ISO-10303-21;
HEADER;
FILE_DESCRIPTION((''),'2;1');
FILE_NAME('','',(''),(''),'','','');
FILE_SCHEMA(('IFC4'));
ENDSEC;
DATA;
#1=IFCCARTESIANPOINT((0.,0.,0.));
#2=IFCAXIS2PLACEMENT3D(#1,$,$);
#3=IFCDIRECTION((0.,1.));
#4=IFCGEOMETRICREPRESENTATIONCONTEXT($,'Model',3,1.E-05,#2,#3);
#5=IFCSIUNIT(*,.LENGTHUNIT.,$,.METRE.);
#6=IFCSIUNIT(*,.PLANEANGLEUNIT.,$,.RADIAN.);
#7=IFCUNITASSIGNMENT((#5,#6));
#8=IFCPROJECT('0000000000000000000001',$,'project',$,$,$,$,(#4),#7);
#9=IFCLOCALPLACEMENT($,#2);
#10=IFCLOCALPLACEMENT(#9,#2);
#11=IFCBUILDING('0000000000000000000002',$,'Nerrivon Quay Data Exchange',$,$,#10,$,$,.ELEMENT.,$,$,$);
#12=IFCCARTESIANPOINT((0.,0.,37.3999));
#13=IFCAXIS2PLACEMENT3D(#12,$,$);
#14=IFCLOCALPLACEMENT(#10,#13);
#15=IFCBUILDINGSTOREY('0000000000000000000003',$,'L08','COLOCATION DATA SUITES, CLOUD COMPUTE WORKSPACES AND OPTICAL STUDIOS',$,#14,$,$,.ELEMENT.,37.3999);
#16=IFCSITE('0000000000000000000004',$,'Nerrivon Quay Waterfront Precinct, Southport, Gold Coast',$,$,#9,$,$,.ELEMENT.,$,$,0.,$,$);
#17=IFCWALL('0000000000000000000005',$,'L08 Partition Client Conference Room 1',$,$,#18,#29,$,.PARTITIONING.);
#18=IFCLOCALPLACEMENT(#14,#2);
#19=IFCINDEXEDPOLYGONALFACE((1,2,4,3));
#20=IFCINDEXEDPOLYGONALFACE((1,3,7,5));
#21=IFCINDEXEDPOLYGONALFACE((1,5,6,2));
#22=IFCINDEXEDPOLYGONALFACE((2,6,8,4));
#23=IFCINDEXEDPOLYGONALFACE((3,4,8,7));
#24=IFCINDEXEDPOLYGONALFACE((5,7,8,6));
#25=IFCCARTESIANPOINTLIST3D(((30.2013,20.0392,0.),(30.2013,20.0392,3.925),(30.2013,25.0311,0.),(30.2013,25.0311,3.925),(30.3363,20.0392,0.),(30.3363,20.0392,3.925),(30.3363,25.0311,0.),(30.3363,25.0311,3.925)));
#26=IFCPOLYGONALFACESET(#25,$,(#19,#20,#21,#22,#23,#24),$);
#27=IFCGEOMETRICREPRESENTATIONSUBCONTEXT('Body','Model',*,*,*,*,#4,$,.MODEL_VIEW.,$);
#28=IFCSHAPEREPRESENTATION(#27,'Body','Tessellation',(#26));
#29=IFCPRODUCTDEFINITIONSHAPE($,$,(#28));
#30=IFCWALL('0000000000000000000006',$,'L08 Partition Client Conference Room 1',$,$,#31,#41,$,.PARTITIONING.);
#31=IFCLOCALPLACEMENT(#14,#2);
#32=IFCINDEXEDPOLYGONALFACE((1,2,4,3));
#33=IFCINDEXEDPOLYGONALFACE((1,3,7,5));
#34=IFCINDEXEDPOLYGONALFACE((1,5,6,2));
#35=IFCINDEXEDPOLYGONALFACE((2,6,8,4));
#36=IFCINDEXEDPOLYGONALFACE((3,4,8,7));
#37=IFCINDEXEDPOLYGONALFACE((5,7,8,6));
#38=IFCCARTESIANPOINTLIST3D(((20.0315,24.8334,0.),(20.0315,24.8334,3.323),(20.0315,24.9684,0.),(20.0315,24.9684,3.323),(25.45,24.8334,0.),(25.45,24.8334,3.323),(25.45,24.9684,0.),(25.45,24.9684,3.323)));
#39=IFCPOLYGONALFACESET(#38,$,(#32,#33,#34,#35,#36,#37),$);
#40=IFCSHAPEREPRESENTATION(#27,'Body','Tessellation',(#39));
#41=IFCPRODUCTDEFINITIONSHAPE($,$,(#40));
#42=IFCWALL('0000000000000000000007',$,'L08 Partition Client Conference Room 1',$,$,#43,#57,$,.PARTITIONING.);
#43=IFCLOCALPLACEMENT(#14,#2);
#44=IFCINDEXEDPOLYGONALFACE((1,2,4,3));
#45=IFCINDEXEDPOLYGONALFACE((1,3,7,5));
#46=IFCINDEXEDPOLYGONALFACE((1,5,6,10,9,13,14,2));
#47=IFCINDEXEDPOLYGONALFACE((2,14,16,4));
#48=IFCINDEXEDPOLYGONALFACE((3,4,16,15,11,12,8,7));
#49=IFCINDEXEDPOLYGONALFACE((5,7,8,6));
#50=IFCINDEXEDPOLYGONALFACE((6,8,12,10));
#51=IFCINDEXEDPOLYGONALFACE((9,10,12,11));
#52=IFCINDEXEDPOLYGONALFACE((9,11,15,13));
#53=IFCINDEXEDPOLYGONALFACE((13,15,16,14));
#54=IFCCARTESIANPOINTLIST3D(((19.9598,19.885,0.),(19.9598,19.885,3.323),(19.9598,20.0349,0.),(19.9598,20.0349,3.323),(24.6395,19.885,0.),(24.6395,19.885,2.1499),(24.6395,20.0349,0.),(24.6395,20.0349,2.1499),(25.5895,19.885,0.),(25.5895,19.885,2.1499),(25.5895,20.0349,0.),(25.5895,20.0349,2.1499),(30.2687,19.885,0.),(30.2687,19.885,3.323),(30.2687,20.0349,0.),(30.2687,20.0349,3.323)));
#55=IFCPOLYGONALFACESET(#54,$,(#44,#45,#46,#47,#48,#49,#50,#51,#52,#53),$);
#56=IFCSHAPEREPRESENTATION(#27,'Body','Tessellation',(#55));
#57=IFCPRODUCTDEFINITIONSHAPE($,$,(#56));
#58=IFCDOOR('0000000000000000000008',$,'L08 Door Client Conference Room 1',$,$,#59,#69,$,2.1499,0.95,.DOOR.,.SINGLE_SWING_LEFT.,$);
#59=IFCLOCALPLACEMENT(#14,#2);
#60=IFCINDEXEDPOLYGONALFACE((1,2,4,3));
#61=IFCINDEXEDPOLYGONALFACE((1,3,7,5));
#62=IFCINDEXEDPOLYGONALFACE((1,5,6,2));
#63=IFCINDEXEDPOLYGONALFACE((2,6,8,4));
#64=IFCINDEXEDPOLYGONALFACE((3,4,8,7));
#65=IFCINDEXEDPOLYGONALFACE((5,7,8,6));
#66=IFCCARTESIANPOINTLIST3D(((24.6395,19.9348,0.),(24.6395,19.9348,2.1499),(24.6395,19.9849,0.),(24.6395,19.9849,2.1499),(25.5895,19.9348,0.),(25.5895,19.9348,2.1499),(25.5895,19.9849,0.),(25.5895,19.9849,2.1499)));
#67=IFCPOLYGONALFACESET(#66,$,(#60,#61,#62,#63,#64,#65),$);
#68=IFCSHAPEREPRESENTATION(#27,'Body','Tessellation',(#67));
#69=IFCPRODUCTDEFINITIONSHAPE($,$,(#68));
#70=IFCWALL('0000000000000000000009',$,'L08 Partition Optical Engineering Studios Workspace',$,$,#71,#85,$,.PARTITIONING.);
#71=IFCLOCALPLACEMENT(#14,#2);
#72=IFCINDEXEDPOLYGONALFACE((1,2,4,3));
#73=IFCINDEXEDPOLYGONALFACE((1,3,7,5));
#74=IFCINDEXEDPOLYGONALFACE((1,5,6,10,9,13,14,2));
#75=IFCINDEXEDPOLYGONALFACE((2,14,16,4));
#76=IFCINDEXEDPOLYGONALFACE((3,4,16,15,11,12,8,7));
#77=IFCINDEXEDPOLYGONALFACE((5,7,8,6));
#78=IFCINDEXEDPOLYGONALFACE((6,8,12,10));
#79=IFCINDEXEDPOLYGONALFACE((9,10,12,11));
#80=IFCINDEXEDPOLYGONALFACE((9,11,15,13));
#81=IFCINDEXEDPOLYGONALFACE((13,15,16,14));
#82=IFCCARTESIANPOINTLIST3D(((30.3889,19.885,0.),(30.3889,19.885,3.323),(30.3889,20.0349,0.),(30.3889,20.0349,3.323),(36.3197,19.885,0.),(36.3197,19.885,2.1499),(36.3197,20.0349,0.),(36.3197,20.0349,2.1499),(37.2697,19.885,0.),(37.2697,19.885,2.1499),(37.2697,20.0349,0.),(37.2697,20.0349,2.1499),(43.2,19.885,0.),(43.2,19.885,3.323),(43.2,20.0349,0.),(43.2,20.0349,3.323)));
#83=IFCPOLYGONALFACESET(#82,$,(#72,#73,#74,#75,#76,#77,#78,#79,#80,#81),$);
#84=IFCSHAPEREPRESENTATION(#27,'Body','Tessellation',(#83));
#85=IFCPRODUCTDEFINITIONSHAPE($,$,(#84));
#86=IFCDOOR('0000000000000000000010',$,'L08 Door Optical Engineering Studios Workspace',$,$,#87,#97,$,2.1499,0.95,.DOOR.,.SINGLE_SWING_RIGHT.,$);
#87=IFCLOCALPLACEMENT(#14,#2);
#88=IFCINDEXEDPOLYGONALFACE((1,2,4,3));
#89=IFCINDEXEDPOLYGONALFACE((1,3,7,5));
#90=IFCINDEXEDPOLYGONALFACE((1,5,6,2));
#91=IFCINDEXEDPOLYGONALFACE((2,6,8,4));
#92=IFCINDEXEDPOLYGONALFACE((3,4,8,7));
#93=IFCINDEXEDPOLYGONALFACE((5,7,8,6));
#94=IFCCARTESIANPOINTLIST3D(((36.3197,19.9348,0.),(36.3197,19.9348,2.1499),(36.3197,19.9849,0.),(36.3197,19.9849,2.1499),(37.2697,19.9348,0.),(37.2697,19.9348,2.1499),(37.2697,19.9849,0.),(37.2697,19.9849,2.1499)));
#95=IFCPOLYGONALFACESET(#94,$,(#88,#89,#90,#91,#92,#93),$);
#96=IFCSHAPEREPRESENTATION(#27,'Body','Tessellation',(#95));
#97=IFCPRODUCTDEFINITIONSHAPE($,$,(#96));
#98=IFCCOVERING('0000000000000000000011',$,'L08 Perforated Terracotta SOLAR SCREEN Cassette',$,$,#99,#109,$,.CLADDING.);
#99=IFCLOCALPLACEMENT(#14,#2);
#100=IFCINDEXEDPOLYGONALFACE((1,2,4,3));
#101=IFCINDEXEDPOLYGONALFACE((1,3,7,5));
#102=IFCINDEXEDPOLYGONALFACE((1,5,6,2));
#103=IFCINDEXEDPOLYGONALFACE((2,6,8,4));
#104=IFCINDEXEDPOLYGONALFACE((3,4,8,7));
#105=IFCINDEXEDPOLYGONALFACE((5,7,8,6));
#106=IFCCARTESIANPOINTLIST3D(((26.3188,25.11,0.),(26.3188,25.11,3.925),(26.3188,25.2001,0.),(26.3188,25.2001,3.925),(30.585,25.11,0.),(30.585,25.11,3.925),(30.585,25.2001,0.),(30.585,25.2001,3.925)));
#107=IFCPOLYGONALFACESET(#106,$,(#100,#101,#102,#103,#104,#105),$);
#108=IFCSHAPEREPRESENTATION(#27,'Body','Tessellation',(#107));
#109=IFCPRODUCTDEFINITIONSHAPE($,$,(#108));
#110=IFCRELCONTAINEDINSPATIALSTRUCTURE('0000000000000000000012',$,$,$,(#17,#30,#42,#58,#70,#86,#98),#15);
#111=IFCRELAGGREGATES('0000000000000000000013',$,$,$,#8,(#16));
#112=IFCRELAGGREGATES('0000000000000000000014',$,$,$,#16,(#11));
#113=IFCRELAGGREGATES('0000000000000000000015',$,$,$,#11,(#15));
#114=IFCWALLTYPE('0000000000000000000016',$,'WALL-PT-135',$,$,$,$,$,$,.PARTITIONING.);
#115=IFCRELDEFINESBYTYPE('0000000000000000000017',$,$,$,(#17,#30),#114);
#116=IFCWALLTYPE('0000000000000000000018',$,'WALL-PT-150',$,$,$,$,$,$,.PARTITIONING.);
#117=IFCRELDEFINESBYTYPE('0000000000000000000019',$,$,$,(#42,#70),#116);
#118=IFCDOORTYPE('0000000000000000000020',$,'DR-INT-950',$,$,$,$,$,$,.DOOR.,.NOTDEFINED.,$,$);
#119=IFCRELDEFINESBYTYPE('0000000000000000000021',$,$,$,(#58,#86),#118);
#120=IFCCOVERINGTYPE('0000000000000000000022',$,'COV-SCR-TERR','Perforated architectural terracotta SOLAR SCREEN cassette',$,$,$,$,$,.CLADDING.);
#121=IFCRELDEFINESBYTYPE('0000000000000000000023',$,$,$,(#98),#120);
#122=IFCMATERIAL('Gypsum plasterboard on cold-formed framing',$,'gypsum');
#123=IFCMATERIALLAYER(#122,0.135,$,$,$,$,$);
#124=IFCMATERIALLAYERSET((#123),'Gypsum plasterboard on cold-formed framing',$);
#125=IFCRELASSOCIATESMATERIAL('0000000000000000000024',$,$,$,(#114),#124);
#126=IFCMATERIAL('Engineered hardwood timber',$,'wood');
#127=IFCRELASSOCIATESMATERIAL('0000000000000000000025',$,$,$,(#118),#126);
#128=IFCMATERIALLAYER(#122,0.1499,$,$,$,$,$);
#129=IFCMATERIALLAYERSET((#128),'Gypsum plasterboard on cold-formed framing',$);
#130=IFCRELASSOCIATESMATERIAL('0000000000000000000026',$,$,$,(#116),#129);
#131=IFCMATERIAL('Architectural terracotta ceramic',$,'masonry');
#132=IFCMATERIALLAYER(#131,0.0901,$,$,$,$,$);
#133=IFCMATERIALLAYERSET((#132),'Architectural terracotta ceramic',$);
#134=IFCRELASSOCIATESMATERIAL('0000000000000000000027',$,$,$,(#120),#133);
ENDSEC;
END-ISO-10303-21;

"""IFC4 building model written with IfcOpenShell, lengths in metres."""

from ifc_helpers import new_model, si_unit, direction, frame, frame_2d, origin, origin_2d, place, context, subcontext, project, spatial, rectangle, extrude, material, layer, layer_set, type_object, element, fill, save


model = new_model("IFC4")

# Units and contexts
model_context = context("Model", 3, precision=1e-05, world=origin(), true_north=direction((0.0, 1.0)))
body_context = subcontext(model_context, "Body", "Model", "MODEL_VIEW")
ifc_project = project(units=[si_unit("LENGTHUNIT", "METRE"), si_unit("PLANEANGLEUNIT", "RADIAN")], contexts=[model_context])

# Site, building, storey
site_placement = place(None, origin())
site = spatial("IfcSite", under=ifc_project, at=site_placement, Name="Nerrivon Quay Waterfront Precinct, Southport, Gold Coast", CompositionType="ELEMENT", RefElevation=0.0)
building_placement = place(site_placement, origin())
building = spatial("IfcBuilding", under=site, at=building_placement, Name="Nerrivon Quay Data Exchange", CompositionType="ELEMENT")
storey_placement = place(building_placement, frame((0.0, 0.0, 37.3999)))
storey = spatial("IfcBuildingStorey", under=building, at=storey_placement, Name="L08", Description="COLOCATION DATA SUITES, CLOUD COMPUTE WORKSPACES AND OPTICAL STUDIOS", CompositionType="ELEMENT", Elevation=37.3999)

# Shared definitions
ifc_material_1 = material(Name="Gypsum plasterboard on cold-formed framing", Category="gypsum")

# Shared definitions
ifc_layer_1 = layer(ifc_material_1, 0.135)
ifc_layer_set_1 = layer_set([ifc_layer_1], Name="Gypsum plasterboard on cold-formed framing")
wall_type_1 = type_object("IfcWallType", Name="WALL-PT-135", PredefinedType="PARTITIONING", material=ifc_layer_set_1)
ifc_material_2 = material(Name="Engineered hardwood timber", Category="wood")
door_type = type_object("IfcDoorType", Name="DR-INT-950", OperationType="NOTDEFINED", PredefinedType="DOOR", material=ifc_material_2)

# Walls
wall_1_placement = place(storey_placement, frame((30.2688, 20.0391, 0.0), z_axis=(0.0, 0.0, 1.0), x_axis=(0.0, 1.0, 0.0)))
element("IfcWall", 1, at=wall_1_placement, inside=storey, type_object=wall_type_1, Name="L08 Partition Client Conference Room 1", PredefinedType="PARTITIONING", context=body_context, shape_type="SweptSolid", body=[
    extrude(rectangle(XDim=4.9919, YDim=0.135, at=frame_2d((2.4961, 0.0))), origin(), (0.0, 0.0, 1.0), 3.925),
])
wall_2_placement = place(storey_placement, frame((25.45, 24.9009, 0.0), z_axis=(0.0, 0.0, 1.0), x_axis=(-1.0, 0.0, 0.0)))
element("IfcWall", 2, at=wall_2_placement, inside=storey, type_object=wall_type_1, Name="L08 Partition Client Conference Room 1", PredefinedType="PARTITIONING", context=body_context, shape_type="SweptSolid", body=[
    extrude(rectangle(XDim=5.4185, YDim=0.135, at=frame_2d((2.7092, 0.0))), origin(), (0.0, 0.0, 1.0), 3.323),
])

# Walls, openings, doors
ifc_layer_2 = layer(ifc_material_1, 0.1499)
ifc_layer_set_2 = layer_set([ifc_layer_2], Name="Gypsum plasterboard on cold-formed framing")
wall_type_2 = type_object("IfcWallType", Name="WALL-PT-150", PredefinedType="PARTITIONING", material=ifc_layer_set_2)
wall_3_placement = place(storey_placement, frame((19.96, 19.96, 0.0), z_axis=(0.0, 0.0, 1.0), x_axis=(1.0, 0.0, 0.0)))
wall_3 = element("IfcWall", 3, at=wall_3_placement, inside=storey, type_object=wall_type_2, Name="L08 Partition Client Conference Room 1", PredefinedType="PARTITIONING", context=body_context, shape_type="SweptSolid", body=[
    extrude(rectangle(XDim=10.3088, YDim=0.1499, at=frame_2d((5.1543, 0.0))), origin(), (0.0, 0.0, 1.0), 3.323),
])
opening_1_placement = place(wall_3_placement, frame((4.6794, 0.0, 0.0)))
opening_1 = element("IfcOpeningElement", 4, at=opening_1_placement, cuts=wall_3, PredefinedType="OPENING", context=body_context, shape_type="SweptSolid", body=[
    extrude(rectangle(XDim=0.95, YDim=2.1499, at=frame_2d((0.4751, 1.075))), frame((0.0, 0.085, 0.0), z_axis=(0.0, -1.0, 0.0), x_axis=(1.0, 0.0, 0.0)), (0.0, 0.0, 1.0), 0.1699),
])
door_1_placement = place(opening_1_placement, origin())
door_1 = element("IfcDoor", 5, at=door_1_placement, inside=storey, type_object=door_type, Name="L08 Door Client Conference Room 1", OperationType="SINGLE_SWING_LEFT", OverallHeight=2.1499, OverallWidth=0.95, PredefinedType="DOOR", context=body_context, shape_type="SweptSolid", body=[
    extrude(rectangle(XDim=0.95, YDim=2.1499, at=frame_2d((0.4751, 1.075))), frame((0.0, 0.0249, 0.0), z_axis=(0.0, -1.0, 0.0), x_axis=(1.0, 0.0, 0.0)), (0.0, 0.0, 1.0), 0.05),
])
fill(opening_1, door_1)
wall_4_placement = place(storey_placement, frame((30.3889, 19.96, 0.0), z_axis=(0.0, 0.0, 1.0), x_axis=(1.0, 0.0, 0.0)))
wall_4 = element("IfcWall", 6, at=wall_4_placement, inside=storey, type_object=wall_type_2, Name="L08 Partition Optical Engineering Studios Workspace", PredefinedType="PARTITIONING", context=body_context, shape_type="SweptSolid", body=[
    extrude(rectangle(XDim=12.811, YDim=0.1499, at=frame_2d((6.4055, 0.0))), origin(), (0.0, 0.0, 1.0), 3.323),
])
opening_2_placement = place(wall_4_placement, frame((5.9307, 0.0, 0.0)))
opening_2 = element("IfcOpeningElement", 7, at=opening_2_placement, cuts=wall_4, PredefinedType="OPENING", context=body_context, shape_type="SweptSolid", body=[
    extrude(rectangle(XDim=0.95, YDim=2.1499, at=frame_2d((0.4751, 1.075))), frame((0.0, 0.085, 0.0), z_axis=(0.0, -1.0, 0.0), x_axis=(1.0, 0.0, 0.0)), (0.0, 0.0, 1.0), 0.1699),
])
door_2_placement = place(opening_2_placement, origin())
door_2 = element("IfcDoor", 8, at=door_2_placement, inside=storey, type_object=door_type, Name="L08 Door Optical Engineering Studios Workspace", OperationType="SINGLE_SWING_RIGHT", OverallHeight=2.1499, OverallWidth=0.95, PredefinedType="DOOR", context=body_context, shape_type="SweptSolid", body=[
    extrude(rectangle(XDim=0.95, YDim=2.1499, at=frame_2d((0.4751, 1.075))), frame((0.0, 0.0249, 0.0), z_axis=(0.0, -1.0, 0.0), x_axis=(1.0, 0.0, 0.0)), (0.0, 0.0, 1.0), 0.05),
])
fill(opening_2, door_2)

# Covering
ifc_material_3 = material(Name="Architectural terracotta ceramic", Category="masonry")
ifc_layer_3 = layer(ifc_material_3, 0.0901)
ifc_layer_set_3 = layer_set([ifc_layer_3], Name="Architectural terracotta ceramic")
covering_type = type_object("IfcCoveringType", Name="COV-SCR-TERR", Description="Perforated architectural terracotta SOLAR SCREEN cassette", PredefinedType="CLADDING", material=ifc_layer_set_3)
covering_placement = place(storey_placement, frame((28.4519, 25.155, 0.0), z_axis=(0.0, 0.0, 1.0), x_axis=(1.0, 0.0, 0.0)))
element("IfcCovering", 9, at=covering_placement, inside=storey, type_object=covering_type, Name="L08 Perforated Terracotta SOLAR SCREEN Cassette", PredefinedType="CLADDING", context=body_context, shape_type="SweptSolid", body=[
    extrude(rectangle(XDim=4.2661, YDim=0.0901, at=origin_2d()), origin(), (0.0, 0.0, 1.0), 3.925),
])

save(model, "model.ifc")
